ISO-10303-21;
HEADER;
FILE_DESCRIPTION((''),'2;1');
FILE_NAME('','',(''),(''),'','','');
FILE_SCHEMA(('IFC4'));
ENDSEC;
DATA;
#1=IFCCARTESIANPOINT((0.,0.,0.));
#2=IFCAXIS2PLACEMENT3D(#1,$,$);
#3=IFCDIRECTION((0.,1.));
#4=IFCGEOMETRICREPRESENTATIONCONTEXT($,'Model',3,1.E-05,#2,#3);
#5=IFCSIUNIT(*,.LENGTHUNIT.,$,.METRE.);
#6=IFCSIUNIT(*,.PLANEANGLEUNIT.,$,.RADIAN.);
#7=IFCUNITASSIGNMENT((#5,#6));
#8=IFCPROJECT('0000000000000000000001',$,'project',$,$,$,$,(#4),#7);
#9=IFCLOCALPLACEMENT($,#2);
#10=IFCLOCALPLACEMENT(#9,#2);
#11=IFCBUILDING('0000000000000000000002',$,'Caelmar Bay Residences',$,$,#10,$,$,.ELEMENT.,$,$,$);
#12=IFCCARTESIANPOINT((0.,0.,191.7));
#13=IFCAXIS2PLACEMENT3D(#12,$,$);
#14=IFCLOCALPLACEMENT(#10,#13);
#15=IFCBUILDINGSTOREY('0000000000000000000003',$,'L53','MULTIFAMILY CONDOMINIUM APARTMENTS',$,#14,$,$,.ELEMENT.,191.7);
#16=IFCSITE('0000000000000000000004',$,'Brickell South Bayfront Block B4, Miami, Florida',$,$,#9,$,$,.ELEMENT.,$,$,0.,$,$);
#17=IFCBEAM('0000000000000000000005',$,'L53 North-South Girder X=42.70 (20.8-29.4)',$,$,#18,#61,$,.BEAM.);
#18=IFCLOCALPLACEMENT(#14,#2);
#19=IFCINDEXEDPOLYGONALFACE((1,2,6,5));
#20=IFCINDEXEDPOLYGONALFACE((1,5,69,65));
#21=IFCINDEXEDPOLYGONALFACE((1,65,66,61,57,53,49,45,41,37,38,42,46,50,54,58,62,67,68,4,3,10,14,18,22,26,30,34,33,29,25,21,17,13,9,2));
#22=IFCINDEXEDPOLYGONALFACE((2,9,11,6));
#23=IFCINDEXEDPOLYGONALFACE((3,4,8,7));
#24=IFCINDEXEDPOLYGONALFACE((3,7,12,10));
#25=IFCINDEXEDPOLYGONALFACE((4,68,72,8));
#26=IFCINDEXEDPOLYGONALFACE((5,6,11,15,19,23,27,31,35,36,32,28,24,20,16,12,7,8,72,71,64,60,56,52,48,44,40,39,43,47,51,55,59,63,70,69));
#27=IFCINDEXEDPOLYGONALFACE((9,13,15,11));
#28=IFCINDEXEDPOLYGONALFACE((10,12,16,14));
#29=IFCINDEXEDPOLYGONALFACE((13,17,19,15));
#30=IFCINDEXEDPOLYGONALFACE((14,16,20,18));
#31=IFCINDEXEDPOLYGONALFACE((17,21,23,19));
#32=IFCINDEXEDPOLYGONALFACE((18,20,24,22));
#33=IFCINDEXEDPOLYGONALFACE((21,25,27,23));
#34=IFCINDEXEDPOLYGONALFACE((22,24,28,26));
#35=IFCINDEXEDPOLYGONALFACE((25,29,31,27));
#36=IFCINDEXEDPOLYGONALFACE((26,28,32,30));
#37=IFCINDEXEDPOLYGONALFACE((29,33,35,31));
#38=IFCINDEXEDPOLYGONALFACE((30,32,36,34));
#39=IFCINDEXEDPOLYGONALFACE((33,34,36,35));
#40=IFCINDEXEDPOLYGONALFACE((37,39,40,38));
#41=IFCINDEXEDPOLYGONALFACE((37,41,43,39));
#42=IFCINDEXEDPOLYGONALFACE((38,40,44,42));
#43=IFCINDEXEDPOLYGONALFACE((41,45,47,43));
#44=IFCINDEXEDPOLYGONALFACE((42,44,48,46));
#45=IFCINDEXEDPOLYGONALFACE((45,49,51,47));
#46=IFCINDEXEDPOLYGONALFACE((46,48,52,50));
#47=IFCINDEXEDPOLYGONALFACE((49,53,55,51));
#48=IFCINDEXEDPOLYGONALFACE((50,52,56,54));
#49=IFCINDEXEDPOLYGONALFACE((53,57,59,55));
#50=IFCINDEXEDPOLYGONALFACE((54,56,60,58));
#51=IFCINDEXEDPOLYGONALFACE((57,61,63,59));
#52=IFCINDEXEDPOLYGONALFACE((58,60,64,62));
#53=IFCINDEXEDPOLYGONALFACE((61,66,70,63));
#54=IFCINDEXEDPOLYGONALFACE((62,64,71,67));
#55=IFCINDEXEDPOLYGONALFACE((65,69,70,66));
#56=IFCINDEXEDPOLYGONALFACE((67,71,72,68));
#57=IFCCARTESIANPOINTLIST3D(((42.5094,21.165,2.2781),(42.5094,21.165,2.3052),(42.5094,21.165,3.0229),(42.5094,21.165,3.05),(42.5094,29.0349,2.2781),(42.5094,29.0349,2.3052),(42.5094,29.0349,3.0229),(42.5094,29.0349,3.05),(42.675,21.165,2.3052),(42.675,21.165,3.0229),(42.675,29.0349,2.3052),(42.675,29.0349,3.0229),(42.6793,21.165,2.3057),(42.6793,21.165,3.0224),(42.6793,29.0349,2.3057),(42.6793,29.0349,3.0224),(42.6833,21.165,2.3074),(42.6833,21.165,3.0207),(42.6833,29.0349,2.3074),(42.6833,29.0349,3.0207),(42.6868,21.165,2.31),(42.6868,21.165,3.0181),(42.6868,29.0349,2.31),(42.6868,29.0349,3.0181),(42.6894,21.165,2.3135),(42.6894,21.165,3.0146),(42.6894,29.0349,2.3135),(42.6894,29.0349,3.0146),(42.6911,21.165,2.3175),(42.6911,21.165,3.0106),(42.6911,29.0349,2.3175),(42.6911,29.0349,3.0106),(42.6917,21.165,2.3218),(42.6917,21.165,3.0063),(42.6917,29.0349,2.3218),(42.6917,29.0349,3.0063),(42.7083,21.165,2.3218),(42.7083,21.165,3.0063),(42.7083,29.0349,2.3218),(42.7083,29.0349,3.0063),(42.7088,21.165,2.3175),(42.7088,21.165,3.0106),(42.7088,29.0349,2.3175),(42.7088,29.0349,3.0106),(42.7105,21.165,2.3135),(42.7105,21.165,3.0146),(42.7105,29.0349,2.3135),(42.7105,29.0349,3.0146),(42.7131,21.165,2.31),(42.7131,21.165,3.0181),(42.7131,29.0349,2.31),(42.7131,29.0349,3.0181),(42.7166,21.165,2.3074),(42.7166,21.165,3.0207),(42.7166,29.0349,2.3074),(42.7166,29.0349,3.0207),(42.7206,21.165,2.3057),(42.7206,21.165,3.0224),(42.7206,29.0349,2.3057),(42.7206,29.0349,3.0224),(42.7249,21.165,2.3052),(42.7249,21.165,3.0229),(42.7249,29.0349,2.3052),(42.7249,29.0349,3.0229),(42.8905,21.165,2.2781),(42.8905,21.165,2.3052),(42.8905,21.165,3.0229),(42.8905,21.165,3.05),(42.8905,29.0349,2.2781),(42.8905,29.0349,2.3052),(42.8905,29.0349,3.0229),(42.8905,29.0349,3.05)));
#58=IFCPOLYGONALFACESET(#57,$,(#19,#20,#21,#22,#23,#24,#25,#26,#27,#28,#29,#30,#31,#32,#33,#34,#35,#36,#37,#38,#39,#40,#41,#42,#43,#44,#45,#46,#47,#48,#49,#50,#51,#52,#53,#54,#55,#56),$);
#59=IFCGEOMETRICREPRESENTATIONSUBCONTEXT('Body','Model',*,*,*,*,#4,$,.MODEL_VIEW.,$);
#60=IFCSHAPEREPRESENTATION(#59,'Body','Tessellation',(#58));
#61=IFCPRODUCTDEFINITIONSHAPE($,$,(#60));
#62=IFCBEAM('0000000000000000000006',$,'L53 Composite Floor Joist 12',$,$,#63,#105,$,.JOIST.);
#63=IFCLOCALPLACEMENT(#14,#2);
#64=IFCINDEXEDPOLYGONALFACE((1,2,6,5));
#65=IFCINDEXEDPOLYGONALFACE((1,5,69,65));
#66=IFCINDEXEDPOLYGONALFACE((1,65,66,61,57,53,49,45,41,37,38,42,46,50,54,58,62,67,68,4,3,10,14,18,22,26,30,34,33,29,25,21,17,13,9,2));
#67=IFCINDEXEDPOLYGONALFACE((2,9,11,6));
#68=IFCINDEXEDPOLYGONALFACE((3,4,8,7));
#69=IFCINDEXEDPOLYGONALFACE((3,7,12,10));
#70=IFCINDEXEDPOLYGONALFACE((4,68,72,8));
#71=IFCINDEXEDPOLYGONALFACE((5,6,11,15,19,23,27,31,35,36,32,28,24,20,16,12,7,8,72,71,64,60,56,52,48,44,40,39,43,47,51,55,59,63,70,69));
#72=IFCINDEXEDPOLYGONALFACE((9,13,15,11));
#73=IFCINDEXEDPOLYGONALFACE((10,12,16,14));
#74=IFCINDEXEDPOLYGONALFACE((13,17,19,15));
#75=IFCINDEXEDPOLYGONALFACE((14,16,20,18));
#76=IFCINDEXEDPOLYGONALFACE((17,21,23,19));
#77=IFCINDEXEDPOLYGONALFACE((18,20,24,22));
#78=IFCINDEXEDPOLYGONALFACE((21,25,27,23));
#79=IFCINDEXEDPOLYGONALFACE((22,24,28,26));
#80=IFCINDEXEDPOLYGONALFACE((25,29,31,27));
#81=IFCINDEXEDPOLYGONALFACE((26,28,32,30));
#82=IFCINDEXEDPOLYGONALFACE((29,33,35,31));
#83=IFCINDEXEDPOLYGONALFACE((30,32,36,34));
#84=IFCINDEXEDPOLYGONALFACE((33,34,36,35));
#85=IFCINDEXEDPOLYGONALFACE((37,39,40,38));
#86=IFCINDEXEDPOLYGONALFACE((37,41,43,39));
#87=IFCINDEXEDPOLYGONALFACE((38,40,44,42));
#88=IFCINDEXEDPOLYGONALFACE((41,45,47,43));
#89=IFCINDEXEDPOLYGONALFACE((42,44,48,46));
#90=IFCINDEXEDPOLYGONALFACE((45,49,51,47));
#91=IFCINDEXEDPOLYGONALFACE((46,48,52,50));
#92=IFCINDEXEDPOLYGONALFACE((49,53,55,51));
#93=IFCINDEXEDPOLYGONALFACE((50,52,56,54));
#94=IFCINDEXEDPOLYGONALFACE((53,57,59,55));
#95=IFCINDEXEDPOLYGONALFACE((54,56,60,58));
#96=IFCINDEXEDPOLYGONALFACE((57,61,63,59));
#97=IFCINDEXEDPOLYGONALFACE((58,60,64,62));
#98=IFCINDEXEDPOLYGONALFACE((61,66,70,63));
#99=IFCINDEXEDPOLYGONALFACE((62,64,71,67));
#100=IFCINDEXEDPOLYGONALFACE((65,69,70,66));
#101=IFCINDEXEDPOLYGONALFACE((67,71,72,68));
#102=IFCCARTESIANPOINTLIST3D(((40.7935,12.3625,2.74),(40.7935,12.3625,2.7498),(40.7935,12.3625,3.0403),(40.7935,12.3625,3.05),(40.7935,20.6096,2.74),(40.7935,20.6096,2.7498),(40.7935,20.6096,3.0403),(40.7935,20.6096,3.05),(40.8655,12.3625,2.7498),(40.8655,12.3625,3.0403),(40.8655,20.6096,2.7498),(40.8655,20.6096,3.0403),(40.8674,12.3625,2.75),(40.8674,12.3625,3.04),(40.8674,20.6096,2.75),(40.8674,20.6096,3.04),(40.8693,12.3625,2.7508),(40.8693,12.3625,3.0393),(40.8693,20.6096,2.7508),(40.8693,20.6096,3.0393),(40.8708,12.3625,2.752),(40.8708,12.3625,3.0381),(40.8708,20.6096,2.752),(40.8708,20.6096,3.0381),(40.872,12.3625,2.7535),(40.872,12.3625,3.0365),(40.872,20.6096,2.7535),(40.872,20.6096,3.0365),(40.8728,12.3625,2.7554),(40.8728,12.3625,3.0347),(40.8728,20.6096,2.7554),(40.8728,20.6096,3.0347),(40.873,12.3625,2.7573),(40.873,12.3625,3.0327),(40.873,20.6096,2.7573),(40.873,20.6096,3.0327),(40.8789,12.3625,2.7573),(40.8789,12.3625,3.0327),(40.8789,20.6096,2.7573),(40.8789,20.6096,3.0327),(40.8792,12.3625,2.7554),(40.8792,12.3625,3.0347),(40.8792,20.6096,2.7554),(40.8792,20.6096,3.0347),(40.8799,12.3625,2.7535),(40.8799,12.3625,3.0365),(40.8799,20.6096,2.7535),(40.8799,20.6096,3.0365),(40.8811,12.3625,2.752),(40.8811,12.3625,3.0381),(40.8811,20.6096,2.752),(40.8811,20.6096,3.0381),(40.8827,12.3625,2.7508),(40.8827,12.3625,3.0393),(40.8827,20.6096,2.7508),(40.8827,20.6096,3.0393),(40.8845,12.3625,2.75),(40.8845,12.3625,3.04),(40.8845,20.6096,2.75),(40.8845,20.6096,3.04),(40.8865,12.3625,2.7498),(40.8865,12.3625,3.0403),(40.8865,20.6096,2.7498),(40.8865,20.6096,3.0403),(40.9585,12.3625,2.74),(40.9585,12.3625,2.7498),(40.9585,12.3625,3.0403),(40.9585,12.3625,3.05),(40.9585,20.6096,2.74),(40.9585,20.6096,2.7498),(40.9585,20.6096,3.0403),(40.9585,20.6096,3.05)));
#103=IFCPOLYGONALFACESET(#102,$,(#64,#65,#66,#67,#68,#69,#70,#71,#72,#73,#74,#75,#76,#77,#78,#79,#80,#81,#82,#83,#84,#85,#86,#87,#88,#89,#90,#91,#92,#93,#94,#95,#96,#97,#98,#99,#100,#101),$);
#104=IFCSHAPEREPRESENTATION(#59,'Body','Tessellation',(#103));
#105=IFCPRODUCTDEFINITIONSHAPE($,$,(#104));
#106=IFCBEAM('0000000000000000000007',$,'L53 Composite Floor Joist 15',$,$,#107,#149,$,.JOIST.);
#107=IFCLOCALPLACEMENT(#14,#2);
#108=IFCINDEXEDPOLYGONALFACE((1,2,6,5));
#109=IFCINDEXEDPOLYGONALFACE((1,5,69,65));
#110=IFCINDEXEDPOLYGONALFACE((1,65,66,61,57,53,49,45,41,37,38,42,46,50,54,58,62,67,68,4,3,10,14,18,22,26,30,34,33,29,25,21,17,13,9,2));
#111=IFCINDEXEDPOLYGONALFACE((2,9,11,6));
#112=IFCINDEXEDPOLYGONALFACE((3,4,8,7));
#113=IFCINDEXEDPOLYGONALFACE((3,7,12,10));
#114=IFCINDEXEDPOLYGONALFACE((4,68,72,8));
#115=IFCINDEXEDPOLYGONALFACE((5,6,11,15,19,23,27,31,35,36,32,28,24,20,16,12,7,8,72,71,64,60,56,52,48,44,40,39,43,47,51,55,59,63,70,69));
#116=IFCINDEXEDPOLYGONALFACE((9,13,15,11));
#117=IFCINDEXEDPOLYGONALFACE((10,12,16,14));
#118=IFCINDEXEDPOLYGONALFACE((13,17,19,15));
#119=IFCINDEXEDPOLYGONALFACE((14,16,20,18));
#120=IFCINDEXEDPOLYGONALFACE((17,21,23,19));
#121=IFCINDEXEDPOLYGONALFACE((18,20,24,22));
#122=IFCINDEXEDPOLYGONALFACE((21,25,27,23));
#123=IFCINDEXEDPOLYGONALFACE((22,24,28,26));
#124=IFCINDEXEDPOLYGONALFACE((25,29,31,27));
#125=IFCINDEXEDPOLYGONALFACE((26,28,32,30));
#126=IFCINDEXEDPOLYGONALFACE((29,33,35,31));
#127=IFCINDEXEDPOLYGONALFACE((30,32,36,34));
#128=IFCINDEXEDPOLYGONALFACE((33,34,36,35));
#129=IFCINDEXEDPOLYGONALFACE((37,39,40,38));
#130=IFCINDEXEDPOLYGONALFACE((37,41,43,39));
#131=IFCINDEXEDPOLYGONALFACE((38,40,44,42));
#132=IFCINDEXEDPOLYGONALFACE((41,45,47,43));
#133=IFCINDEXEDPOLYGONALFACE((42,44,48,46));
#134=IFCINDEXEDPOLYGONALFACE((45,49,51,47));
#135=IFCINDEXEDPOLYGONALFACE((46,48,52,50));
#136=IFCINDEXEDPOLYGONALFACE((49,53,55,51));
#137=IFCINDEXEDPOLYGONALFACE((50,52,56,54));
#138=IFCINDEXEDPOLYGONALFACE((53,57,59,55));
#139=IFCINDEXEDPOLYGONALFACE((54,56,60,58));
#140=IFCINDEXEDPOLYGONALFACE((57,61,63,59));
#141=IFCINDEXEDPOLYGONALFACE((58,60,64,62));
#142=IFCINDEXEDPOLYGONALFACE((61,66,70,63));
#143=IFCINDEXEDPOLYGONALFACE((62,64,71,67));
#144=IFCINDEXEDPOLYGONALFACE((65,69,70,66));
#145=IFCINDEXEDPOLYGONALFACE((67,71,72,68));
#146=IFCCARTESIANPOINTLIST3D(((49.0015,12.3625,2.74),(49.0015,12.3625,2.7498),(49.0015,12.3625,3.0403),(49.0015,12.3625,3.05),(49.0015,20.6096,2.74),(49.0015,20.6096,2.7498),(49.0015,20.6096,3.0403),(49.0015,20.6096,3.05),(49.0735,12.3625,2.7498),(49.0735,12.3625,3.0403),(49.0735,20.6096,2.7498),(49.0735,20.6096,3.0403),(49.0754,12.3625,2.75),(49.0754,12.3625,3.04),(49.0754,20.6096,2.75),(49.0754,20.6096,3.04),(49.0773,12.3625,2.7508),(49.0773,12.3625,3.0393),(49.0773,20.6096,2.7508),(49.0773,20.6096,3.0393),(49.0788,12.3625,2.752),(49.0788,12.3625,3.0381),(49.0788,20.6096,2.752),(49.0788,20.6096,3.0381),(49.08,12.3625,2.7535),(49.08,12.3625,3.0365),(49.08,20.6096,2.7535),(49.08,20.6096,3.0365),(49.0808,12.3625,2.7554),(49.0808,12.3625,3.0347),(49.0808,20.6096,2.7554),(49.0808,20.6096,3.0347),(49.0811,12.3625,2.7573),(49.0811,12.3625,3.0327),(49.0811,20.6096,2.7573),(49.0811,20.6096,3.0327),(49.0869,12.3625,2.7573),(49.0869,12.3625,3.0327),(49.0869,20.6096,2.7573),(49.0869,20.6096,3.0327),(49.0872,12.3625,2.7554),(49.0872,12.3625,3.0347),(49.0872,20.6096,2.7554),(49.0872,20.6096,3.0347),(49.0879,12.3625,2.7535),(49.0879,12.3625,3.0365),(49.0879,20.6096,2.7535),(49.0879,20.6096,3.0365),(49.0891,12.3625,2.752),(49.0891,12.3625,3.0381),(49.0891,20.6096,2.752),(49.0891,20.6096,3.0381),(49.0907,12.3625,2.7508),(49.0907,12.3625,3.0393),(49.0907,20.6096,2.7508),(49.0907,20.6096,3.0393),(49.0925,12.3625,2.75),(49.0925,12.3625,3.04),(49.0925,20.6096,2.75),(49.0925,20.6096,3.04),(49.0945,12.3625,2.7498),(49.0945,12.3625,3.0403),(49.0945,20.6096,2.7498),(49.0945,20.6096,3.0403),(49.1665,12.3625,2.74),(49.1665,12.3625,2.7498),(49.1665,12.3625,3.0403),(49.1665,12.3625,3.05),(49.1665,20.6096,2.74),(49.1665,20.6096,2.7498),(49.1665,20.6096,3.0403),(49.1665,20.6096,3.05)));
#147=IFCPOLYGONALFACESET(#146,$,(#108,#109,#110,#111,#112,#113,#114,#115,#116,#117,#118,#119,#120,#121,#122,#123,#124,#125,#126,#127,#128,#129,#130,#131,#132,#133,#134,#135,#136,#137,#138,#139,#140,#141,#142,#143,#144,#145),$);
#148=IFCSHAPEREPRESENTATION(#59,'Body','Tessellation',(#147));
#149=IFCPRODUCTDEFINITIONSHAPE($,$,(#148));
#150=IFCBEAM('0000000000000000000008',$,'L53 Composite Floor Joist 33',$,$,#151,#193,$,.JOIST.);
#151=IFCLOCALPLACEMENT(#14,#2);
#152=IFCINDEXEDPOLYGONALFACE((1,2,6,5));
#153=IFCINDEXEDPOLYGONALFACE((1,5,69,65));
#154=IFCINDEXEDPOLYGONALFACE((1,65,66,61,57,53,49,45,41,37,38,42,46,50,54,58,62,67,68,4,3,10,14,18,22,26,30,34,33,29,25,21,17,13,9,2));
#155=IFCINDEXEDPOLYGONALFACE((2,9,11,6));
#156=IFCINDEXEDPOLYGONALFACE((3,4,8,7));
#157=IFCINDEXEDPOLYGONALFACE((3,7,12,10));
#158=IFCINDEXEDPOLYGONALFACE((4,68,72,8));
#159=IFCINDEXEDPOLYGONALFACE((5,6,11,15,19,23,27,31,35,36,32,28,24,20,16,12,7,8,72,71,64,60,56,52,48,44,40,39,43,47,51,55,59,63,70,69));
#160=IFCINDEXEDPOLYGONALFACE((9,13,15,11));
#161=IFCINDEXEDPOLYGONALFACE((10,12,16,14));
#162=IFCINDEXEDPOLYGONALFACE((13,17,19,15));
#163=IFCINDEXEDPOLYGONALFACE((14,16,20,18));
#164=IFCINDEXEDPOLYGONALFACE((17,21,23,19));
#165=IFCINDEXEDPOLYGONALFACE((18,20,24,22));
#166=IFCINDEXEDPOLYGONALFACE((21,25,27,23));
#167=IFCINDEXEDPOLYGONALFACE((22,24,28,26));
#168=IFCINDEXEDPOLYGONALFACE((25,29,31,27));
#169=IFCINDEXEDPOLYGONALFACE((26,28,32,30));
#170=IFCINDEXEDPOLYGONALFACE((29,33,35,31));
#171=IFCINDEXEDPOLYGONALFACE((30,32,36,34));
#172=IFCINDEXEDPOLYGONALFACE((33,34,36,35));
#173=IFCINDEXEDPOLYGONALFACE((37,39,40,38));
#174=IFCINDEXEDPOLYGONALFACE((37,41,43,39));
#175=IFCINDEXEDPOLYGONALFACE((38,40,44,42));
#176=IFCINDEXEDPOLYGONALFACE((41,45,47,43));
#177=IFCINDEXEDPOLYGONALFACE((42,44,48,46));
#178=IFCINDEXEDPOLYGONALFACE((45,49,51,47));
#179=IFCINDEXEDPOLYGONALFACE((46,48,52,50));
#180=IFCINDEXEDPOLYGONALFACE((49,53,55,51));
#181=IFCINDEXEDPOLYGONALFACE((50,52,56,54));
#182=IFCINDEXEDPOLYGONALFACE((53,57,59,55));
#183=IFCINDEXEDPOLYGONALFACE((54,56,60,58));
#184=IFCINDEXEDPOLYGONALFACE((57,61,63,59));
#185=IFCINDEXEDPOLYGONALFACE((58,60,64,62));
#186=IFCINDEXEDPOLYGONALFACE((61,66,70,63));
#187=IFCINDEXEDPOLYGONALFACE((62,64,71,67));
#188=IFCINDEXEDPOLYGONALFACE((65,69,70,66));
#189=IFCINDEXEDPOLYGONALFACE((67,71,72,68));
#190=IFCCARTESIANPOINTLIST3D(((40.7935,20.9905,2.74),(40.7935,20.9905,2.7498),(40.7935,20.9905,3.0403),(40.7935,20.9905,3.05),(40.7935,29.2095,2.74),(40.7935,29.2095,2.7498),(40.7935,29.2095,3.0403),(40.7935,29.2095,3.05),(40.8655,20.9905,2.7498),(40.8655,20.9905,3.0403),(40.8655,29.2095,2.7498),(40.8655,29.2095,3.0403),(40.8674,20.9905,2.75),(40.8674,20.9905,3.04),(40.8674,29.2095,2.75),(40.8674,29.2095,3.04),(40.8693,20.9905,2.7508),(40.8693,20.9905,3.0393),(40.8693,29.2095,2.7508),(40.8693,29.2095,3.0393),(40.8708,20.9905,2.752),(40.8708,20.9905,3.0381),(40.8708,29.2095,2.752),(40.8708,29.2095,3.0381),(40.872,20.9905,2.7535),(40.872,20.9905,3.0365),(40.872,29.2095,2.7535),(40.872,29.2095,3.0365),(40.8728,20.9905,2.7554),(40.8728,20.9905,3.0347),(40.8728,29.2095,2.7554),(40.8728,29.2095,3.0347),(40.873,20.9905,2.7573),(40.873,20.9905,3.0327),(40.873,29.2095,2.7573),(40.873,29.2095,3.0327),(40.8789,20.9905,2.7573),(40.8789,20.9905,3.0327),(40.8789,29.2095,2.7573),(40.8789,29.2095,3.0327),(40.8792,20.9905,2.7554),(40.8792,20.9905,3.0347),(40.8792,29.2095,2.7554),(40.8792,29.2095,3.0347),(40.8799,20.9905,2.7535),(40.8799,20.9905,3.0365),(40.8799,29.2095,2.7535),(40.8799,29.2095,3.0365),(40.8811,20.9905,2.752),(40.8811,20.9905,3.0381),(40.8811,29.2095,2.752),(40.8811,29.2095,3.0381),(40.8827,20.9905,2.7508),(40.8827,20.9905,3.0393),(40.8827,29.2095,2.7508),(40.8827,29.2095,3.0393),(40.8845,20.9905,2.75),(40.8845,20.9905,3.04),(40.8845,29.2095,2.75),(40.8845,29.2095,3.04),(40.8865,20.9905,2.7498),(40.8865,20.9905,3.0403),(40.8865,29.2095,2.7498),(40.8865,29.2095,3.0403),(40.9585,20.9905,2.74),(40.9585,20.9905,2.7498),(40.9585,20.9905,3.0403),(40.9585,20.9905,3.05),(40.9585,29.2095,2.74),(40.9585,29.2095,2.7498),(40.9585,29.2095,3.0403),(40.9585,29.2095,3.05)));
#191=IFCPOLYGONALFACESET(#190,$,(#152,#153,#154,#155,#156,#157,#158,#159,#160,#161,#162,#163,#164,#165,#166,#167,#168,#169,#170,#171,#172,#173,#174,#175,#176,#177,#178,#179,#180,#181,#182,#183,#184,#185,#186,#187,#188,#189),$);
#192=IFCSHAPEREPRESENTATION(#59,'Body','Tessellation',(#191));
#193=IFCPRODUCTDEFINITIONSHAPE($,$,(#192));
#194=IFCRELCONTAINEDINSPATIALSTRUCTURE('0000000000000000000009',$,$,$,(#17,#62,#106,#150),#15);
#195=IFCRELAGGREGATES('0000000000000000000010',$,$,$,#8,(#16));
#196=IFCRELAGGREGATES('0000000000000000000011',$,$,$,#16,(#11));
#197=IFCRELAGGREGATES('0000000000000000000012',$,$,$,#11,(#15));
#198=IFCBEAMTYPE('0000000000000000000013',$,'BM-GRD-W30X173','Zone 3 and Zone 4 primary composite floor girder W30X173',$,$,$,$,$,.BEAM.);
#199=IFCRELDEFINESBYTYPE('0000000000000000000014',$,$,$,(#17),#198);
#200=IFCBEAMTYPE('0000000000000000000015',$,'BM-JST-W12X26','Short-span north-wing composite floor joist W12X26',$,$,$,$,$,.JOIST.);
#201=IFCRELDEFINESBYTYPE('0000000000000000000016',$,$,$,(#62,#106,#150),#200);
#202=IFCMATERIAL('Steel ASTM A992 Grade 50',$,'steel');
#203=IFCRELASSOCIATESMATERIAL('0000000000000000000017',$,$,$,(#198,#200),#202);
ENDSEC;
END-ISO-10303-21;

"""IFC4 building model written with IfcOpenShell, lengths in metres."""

from ifc_helpers import new_model, si_unit, direction, frame, origin, origin_2d, place, context, subcontext, project, spatial, i_section, extrude, material, material_profile, profile_set, type_object, element, save


model = new_model("IFC4")

# Units and contexts
model_context = context("Model", 3, precision=1e-05, world=origin(), true_north=direction((0.0, 1.0)))
body_context = subcontext(model_context, "Body", "Model", "MODEL_VIEW")
ifc_project = project(units=[si_unit("LENGTHUNIT", "METRE"), si_unit("PLANEANGLEUNIT", "RADIAN")], contexts=[model_context])

# Site, building, storey
site_placement = place(None, origin())
site = spatial("IfcSite", under=ifc_project, at=site_placement, Name="Brickell South Bayfront Block B4, Miami, Florida", CompositionType="ELEMENT", RefElevation=0.0)
building_placement = place(site_placement, origin())
building = spatial("IfcBuilding", under=site, at=building_placement, Name="Caelmar Bay Residences", CompositionType="ELEMENT")
storey_placement = place(building_placement, frame((0.0, 0.0, 191.7)))
storey = spatial("IfcBuildingStorey", under=building, at=storey_placement, Name="L53", Description="MULTIFAMILY CONDOMINIUM APARTMENTS", CompositionType="ELEMENT", Elevation=191.7)

# Beams
ifc_material_1 = material(Name="Steel ASTM A992 Grade 50", Category="steel")
ifc_material_profile_1 = material_profile(ifc_material_1, i_section(OverallWidth=0.3811, OverallDepth=0.772, WebThickness=0.0166, FlangeThickness=0.0271, FilletRadius=0.0166, at=origin_2d()), Name="W30X173")
ifc_profile_set_1 = profile_set([ifc_material_profile_1], Name="Steel ASTM A992 Grade 50")
beam_type_1 = type_object("IfcBeamType", Name="BM-GRD-W30X173", Description="Zone 3 and Zone 4 primary composite floor girder W30X173", PredefinedType="BEAM", material=ifc_profile_set_1)
beam_1_placement = place(storey_placement, frame((42.7, 21.165, 2.6641), z_axis=(0.0, 1.0, 0.0), x_axis=(-1.0, 0.0, 0.0)))
element("IfcBeam", 1, at=beam_1_placement, inside=storey, type_object=beam_type_1, Name="L53 North-South Girder X=42.70 (20.8-29.4)", PredefinedType="BEAM", context=body_context, shape_type="SweptSolid", body=[
    extrude(i_section(OverallWidth=0.3811, OverallDepth=0.772, WebThickness=0.0166, FlangeThickness=0.0271, FilletRadius=0.0166, at=origin_2d()), origin(), (0.0, 0.0, 1.0), 7.8699),
])
ifc_material_profile_2 = material_profile(ifc_material_1, i_section(OverallWidth=0.165, OverallDepth=0.3101, WebThickness=0.0059, FlangeThickness=0.0098, FilletRadius=0.0076, at=origin_2d()), Name="W12X26")
ifc_profile_set_2 = profile_set([ifc_material_profile_2], Name="Steel ASTM A992 Grade 50")
beam_type_2 = type_object("IfcBeamType", Name="BM-JST-W12X26", Description="Short-span north-wing composite floor joist W12X26", PredefinedType="JOIST", material=ifc_profile_set_2)
for number, where, z_axis, x_axis, name in (
    (2, (40.876, 12.3625, 2.895), (0.0, 1.0, 0.0), (-1.0, 0.0, 0.0), "L53 Composite Floor Joist 12"),
    (3, (49.084, 12.3625, 2.895), (0.0, 1.0, 0.0), (-1.0, 0.0, 0.0), "L53 Composite Floor Joist 15"),
):
    element("IfcBeam", number, at=place(storey_placement, frame(where, z_axis=z_axis, x_axis=x_axis)), inside=storey, type_object=beam_type_2, Name=name, PredefinedType="JOIST", context=body_context, shape_type="SweptSolid", body=[
        extrude(i_section(OverallWidth=0.165, OverallDepth=0.3101, WebThickness=0.0059, FlangeThickness=0.0098, FilletRadius=0.0076, at=origin_2d()), origin(), (0.0, 0.0, 1.0), 8.2471),
    ])
for number, where, z_axis, x_axis, name in (
    (4, (40.876, 20.9905, 2.895), (0.0, 1.0, 0.0), (-1.0, 0.0, 0.0), "L53 Composite Floor Joist 33"),
):
    element("IfcBeam", number, at=place(storey_placement, frame(where, z_axis=z_axis, x_axis=x_axis)), inside=storey, type_object=beam_type_2, Name=name, PredefinedType="JOIST", context=body_context, shape_type="SweptSolid", body=[
        extrude(i_section(OverallWidth=0.165, OverallDepth=0.3101, WebThickness=0.0059, FlangeThickness=0.0098, FilletRadius=0.0076, at=origin_2d()), origin(), (0.0, 0.0, 1.0), 8.219),
    ])

save(model, "model.ifc")
